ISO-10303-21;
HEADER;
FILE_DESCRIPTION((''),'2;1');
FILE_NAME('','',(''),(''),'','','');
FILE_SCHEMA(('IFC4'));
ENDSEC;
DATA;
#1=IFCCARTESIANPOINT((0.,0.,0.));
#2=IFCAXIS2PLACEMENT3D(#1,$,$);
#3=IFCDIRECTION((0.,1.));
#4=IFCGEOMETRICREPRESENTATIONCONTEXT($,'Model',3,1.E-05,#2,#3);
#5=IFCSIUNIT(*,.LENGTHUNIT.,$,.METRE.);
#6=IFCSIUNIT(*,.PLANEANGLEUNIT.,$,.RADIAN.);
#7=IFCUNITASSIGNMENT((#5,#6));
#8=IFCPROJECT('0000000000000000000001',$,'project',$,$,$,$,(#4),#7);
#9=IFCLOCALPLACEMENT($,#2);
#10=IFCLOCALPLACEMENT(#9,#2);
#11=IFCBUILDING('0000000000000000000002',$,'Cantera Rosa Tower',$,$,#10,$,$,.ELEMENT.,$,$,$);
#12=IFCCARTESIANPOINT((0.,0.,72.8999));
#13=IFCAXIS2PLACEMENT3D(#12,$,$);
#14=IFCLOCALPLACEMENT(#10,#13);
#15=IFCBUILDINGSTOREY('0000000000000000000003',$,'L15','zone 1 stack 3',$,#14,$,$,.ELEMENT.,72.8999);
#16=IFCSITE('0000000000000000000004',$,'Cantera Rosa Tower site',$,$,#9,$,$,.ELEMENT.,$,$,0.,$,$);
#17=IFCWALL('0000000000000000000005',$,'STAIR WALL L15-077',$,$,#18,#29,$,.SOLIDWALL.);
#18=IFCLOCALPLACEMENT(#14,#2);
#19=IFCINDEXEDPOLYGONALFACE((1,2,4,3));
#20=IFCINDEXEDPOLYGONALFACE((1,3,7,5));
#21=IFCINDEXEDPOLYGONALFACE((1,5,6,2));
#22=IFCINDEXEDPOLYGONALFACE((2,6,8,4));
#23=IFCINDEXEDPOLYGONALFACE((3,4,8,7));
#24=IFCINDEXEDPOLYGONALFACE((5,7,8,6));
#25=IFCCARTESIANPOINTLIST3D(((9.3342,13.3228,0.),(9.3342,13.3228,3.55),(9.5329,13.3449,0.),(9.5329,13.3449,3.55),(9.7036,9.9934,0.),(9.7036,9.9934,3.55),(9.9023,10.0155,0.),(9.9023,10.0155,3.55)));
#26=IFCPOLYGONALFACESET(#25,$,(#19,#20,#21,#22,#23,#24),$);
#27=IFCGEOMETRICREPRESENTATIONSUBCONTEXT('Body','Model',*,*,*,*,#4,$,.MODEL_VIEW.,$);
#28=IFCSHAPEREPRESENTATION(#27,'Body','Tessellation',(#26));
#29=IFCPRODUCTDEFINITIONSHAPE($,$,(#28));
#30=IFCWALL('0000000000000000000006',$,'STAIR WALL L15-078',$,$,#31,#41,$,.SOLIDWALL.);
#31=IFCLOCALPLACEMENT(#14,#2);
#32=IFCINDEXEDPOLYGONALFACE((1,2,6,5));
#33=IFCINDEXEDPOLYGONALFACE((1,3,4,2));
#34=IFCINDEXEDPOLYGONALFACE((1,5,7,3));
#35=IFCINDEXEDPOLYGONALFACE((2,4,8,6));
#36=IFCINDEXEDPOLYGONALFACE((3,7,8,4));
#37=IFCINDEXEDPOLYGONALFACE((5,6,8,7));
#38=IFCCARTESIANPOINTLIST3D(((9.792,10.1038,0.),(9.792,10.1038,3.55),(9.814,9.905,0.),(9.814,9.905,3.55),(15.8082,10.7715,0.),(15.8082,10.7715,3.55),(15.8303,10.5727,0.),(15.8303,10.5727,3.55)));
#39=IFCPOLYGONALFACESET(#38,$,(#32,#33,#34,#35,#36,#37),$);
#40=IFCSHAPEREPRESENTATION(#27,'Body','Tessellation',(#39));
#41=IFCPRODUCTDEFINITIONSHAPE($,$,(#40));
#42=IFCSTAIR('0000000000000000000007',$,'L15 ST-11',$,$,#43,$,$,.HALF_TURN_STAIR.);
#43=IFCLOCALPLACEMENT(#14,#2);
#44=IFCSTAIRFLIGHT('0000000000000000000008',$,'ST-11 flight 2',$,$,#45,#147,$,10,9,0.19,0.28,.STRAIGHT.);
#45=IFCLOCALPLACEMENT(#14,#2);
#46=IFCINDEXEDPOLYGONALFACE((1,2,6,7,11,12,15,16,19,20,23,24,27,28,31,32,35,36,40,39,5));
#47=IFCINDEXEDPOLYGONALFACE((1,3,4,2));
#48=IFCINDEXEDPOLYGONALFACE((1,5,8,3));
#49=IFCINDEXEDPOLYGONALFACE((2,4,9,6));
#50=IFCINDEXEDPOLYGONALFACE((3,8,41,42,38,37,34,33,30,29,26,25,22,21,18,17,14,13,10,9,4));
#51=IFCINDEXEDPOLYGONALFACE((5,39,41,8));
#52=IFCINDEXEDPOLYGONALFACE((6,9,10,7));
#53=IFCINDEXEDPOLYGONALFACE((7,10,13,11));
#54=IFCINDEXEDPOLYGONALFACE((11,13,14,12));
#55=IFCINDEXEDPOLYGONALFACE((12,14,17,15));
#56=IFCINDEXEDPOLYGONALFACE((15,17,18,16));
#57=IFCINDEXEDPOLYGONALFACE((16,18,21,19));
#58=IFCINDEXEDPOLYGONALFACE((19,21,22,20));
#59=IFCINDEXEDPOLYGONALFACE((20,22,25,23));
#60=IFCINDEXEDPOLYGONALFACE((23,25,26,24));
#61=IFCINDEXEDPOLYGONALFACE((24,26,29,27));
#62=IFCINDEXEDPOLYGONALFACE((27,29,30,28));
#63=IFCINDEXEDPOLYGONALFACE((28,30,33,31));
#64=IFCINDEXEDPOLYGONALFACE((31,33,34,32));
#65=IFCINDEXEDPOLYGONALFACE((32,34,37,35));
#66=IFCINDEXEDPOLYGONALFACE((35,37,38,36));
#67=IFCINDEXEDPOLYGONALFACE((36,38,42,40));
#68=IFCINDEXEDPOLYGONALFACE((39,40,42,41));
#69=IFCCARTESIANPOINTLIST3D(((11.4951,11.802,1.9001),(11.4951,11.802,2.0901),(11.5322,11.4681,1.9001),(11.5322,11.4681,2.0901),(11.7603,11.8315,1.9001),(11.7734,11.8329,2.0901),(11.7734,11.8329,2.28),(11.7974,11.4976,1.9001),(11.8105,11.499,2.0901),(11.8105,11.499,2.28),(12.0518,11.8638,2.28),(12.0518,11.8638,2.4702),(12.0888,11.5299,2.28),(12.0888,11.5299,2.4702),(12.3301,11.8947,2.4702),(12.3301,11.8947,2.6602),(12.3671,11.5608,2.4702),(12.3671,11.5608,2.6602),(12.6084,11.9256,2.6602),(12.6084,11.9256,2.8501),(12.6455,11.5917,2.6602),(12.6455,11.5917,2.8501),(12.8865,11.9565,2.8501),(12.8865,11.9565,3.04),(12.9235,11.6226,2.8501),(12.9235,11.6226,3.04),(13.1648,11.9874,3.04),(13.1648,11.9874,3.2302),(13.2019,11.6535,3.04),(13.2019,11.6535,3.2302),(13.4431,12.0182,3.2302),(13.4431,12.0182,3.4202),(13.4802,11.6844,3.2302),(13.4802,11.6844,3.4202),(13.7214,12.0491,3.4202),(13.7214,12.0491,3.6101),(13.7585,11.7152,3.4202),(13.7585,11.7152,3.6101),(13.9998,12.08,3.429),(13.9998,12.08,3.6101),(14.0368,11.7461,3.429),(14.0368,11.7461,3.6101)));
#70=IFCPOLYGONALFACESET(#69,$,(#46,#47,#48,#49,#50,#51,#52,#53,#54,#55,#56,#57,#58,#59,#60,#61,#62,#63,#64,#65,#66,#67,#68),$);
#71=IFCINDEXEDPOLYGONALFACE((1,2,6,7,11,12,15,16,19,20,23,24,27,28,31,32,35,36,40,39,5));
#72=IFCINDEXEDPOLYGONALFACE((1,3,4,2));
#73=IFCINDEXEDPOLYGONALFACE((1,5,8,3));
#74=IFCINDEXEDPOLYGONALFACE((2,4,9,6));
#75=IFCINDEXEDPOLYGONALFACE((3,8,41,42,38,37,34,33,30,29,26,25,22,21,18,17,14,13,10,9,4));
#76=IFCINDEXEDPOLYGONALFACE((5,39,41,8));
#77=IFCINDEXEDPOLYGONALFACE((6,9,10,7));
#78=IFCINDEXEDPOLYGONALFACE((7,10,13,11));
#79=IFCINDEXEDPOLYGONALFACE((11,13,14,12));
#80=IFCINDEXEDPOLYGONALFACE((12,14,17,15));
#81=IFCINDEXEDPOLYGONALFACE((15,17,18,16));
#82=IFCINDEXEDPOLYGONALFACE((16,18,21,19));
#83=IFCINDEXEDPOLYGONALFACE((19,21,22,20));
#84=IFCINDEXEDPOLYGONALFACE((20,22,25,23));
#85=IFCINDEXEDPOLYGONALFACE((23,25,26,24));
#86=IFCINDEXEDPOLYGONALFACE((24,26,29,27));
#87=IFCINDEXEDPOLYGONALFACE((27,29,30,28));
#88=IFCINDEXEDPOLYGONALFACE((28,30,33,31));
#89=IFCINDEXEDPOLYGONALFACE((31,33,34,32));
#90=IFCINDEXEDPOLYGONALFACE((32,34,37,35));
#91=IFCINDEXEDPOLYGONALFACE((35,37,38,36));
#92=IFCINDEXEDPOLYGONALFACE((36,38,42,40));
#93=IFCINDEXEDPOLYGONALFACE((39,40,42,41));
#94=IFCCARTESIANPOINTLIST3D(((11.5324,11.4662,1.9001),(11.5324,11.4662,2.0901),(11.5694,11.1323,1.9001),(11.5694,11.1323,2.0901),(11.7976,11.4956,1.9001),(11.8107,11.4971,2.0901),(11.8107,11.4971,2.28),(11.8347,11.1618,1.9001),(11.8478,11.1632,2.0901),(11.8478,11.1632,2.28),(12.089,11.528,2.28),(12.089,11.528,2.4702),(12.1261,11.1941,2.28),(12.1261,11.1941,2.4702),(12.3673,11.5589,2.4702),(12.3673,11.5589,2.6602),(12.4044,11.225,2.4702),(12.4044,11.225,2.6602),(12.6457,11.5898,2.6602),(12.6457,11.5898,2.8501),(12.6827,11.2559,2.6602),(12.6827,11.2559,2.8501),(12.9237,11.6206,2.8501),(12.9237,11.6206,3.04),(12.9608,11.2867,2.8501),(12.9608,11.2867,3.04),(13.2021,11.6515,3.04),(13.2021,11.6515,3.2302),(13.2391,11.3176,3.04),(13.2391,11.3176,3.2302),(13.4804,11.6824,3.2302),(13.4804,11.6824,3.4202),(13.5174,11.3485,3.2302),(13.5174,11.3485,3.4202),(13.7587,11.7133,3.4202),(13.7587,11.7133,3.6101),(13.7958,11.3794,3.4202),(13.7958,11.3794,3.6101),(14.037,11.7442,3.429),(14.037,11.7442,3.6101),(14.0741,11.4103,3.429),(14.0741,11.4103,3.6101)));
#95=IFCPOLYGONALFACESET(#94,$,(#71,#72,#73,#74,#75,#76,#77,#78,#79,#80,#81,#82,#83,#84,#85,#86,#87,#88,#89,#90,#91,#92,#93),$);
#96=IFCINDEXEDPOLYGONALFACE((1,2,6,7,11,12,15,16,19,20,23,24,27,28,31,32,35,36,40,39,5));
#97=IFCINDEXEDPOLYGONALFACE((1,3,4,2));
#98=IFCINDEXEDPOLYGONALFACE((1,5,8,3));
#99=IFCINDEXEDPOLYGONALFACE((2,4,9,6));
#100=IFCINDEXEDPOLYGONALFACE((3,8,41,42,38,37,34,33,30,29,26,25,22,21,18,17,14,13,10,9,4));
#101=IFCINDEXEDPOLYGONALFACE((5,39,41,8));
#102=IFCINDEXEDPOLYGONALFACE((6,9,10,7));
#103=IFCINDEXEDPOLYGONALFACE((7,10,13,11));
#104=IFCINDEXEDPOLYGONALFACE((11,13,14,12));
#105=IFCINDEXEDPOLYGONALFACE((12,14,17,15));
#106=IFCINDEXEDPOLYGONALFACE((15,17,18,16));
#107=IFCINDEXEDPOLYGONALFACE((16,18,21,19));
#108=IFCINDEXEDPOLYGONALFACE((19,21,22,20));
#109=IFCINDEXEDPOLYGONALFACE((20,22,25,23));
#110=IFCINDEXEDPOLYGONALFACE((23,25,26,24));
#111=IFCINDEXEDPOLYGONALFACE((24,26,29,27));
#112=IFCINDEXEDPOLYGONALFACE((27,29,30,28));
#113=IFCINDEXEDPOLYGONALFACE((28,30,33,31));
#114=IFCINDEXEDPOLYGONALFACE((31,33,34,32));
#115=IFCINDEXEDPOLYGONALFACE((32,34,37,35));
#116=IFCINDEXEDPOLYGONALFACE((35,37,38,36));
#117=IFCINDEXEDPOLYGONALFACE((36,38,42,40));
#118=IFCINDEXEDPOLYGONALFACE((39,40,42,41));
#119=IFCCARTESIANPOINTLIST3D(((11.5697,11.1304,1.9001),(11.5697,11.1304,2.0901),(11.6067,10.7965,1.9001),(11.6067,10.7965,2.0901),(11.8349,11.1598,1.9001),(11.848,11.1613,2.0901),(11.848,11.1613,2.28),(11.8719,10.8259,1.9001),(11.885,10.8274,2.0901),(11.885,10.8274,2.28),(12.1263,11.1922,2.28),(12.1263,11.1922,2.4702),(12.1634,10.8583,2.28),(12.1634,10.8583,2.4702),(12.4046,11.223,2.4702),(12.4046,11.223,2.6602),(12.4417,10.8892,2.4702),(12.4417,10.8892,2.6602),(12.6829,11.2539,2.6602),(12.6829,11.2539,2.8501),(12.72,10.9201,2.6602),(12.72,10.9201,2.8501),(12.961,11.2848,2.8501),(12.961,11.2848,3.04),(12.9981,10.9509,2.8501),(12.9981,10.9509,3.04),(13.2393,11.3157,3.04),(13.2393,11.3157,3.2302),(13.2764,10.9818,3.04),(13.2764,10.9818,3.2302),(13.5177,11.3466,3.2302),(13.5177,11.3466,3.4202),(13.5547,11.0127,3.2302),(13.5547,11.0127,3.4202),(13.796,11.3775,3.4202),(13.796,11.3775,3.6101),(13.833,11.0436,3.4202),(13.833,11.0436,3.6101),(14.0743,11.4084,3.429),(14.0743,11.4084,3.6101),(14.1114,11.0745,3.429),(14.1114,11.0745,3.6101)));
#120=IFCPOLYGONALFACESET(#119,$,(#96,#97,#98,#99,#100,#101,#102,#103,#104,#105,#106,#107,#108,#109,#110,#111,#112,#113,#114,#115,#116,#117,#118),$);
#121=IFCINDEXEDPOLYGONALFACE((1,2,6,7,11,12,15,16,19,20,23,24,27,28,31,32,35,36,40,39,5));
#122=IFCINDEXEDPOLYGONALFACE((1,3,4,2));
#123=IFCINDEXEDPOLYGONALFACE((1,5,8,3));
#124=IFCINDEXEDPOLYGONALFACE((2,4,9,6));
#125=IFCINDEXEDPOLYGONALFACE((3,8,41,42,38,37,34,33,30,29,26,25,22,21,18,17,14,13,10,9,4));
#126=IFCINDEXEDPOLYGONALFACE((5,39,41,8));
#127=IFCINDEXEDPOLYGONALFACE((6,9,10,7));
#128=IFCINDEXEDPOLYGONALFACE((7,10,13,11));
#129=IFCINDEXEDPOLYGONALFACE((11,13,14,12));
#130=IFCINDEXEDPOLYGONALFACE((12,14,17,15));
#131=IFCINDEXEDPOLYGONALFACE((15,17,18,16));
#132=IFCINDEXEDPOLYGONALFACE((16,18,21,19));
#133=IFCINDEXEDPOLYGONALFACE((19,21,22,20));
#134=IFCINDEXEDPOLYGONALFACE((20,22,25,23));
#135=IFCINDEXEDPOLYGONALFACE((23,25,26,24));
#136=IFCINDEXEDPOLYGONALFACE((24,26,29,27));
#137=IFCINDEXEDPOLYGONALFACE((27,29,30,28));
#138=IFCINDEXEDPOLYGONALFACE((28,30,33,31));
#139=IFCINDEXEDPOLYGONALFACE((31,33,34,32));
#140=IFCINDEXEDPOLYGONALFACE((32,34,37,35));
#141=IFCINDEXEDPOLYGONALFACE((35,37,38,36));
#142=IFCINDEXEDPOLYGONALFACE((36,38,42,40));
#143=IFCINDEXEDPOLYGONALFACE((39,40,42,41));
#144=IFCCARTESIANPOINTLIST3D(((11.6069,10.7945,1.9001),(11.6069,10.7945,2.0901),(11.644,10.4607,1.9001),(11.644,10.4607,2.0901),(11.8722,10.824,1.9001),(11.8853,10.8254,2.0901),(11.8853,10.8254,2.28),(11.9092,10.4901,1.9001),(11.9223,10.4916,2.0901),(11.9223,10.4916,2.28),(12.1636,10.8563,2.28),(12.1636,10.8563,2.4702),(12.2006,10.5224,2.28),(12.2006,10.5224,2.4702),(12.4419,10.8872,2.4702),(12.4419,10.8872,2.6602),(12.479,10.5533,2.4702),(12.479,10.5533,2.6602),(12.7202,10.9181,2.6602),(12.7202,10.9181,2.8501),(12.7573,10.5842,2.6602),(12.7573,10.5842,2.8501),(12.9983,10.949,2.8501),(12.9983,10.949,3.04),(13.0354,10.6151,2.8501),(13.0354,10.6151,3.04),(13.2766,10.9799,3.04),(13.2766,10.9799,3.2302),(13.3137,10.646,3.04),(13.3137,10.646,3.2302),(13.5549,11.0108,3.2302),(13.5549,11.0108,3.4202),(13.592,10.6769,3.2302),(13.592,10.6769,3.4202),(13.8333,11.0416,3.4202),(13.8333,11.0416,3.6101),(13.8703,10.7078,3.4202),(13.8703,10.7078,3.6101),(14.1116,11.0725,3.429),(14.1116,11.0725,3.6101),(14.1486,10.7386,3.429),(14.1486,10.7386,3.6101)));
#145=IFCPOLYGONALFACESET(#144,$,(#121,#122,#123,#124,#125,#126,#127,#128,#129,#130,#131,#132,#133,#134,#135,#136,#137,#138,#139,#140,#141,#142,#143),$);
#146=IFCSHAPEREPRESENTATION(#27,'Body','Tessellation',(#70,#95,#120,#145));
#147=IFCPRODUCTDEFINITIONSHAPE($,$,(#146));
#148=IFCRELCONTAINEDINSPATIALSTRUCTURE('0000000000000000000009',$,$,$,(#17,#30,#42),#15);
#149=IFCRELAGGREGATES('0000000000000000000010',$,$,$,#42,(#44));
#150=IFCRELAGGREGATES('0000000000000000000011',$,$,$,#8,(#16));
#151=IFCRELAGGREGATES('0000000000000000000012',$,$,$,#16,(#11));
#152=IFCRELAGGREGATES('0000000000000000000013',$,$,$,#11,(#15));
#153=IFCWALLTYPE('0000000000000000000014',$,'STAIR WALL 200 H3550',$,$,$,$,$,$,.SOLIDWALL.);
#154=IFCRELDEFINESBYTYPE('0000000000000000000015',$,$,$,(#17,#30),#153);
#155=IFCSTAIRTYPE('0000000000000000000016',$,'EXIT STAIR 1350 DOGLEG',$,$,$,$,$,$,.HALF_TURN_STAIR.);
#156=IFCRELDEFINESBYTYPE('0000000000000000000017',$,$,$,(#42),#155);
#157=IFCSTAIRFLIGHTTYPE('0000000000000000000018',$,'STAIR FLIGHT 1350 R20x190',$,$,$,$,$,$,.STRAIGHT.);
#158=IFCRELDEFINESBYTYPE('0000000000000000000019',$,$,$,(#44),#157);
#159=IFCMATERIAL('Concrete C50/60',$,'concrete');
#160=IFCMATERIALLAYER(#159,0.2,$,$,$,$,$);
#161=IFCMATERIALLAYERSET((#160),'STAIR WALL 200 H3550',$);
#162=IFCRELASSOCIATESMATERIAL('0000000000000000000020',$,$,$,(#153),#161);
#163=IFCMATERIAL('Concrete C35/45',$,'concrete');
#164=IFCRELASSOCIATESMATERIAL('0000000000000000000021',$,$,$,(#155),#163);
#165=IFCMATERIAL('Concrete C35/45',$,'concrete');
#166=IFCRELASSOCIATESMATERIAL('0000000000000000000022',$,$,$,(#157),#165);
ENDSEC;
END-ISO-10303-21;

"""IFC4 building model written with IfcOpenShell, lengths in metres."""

from ifc_helpers import new_model, si_unit, direction, frame, frame_2d, origin, place, context, subcontext, project, spatial, polyline, rectangle, outline, extrude, material, layer, layer_set, type_object, element, aggregate, save


model = new_model("IFC4")

# Units and contexts
model_context = context("Model", 3, precision=1e-05, world=origin(), true_north=direction((0.0, 1.0)))
body_context = subcontext(model_context, "Body", "Model", "MODEL_VIEW")
ifc_project = project(units=[si_unit("LENGTHUNIT", "METRE"), si_unit("PLANEANGLEUNIT", "RADIAN")], contexts=[model_context])

# Site, building, storey
site_placement = place(None, origin())
site = spatial("IfcSite", under=ifc_project, at=site_placement, Name="Cantera Rosa Tower site", CompositionType="ELEMENT", RefElevation=0.0)
building_placement = place(site_placement, origin())
building = spatial("IfcBuilding", under=site, at=building_placement, Name="Cantera Rosa Tower", CompositionType="ELEMENT")
storey_placement = place(building_placement, frame((0.0, 0.0, 72.8999)))
storey = spatial("IfcBuildingStorey", under=building, at=storey_placement, Name="L15", Description="zone 1 stack 3", CompositionType="ELEMENT", Elevation=72.8999)

# Walls
ifc_material_1 = material(Name="Concrete C50/60", Category="concrete")
ifc_layer_1 = layer(ifc_material_1, 0.2)
ifc_layer_set_1 = layer_set([ifc_layer_1], Name="STAIR WALL 200 H3550")
wall_type_1 = type_object("IfcWallType", Name="STAIR WALL 200 H3550", PredefinedType="SOLIDWALL", material=ifc_layer_set_1)
wall_1_placement = place(storey_placement, frame((9.4336, 13.3337, 0.0), z_axis=(0.0, 0.0, 1.0), x_axis=(0.110272, -0.993901, 0.0)))
element("IfcWall", 1, at=wall_1_placement, inside=storey, type_object=wall_type_1, Name="STAIR WALL L15-077", PredefinedType="SOLIDWALL", context=body_context, shape_type="SweptSolid", body=[
    extrude(rectangle(XDim=3.3499, YDim=0.2, at=frame_2d((1.6748, 0.0))), origin(), (0.0, 0.0, 1.0), 3.55),
])
wall_2_placement = place(storey_placement, frame((9.803, 10.0044, 0.0), z_axis=(0.0, 0.0, 1.0), x_axis=(0.993897, 0.110308, 0.0)))
element("IfcWall", 2, at=wall_2_placement, inside=storey, type_object=wall_type_1, Name="STAIR WALL L15-078", PredefinedType="SOLIDWALL", context=body_context, shape_type="SweptSolid", body=[
    extrude(rectangle(XDim=6.0532, YDim=0.2, at=frame_2d((3.0266, 0.0))), origin(), (0.0, 0.0, 1.0), 3.55),
])

# Stair, stair flight
ifc_material_2 = material(Name="Concrete C35/45", Category="concrete")
stair_type = type_object("IfcStairType", Name="EXIT STAIR 1350 DOGLEG", PredefinedType="HALF_TURN_STAIR", material=ifc_material_2)
stair_placement = place(storey_placement, origin())
stair = element("IfcStair", 3, at=stair_placement, inside=storey, type_object=stair_type, Name="L15 ST-11", PredefinedType="HALF_TURN_STAIR")
ifc_material_3 = material(Name="Concrete C35/45", Category="concrete")
stair_flight_type = type_object("IfcStairFlightType", Name="STAIR FLIGHT 1350 R20x190", PredefinedType="STRAIGHT", material=ifc_material_3)
stair_flight_placement = place(storey_placement, frame((11.5696, 11.1311, 1.9001), z_axis=(0.0, 0.0, 1.0), x_axis=(0.993897, 0.110313, 0.0)))
stair_flight = element("IfcStairFlight", 4, at=stair_flight_placement, type_object=stair_flight_type, Name="ST-11 flight 2", NumberOfRisers=10, NumberOfTreads=9, PredefinedType="STRAIGHT", RiserHeight=0.19, TreadLength=0.28, context=body_context, shape_type="SweptSolid", body=[
    extrude(outline(polyline([(0.0, 0.0), (0.0, 0.1899), (0.28, 0.1899), (0.28, 0.3799), (0.5601, 0.3799), (0.5601, 0.5701), (0.8401, 0.5701), (0.8401, 0.76), (1.1201, 0.76), (1.1201, 0.95), (1.3999, 0.95), (1.3999, 1.1399), (1.6799, 1.1399), (1.6799, 1.3301), (1.96, 1.3301), (1.96, 1.52), (2.24, 1.52), (2.24, 1.71), (2.52, 1.71), (2.52, 1.8999), (2.52, 1.5288), (0.2668, 0.0), (0.0, 0.0)])), frame((0.0, 0.675, 0.0), z_axis=(0.0, -1.0, 0.0), x_axis=(1.0, 0.0, 0.0)), (0.0, 0.0, 1.0), 0.3359),
    extrude(outline(polyline([(0.0, 0.0), (0.0, 0.1899), (0.28, 0.1899), (0.28, 0.3799), (0.5601, 0.3799), (0.5601, 0.5701), (0.8401, 0.5701), (0.8401, 0.76), (1.1201, 0.76), (1.1201, 0.95), (1.3999, 0.95), (1.3999, 1.1399), (1.6799, 1.1399), (1.6799, 1.3301), (1.96, 1.3301), (1.96, 1.52), (2.24, 1.52), (2.24, 1.71), (2.52, 1.71), (2.52, 1.8999), (2.52, 1.5288), (0.2668, 0.0), (0.0, 0.0)])), frame((0.0, 0.3372, 0.0), z_axis=(0.0, -1.0, 0.0), x_axis=(1.0, 0.0, 0.0)), (0.0, 0.0, 1.0), 0.3359),
    extrude(outline(polyline([(0.0, 0.0), (0.0, 0.1899), (0.28, 0.1899), (0.28, 0.3799), (0.5601, 0.3799), (0.5601, 0.5701), (0.8401, 0.5701), (0.8401, 0.76), (1.1201, 0.76), (1.1201, 0.95), (1.3999, 0.95), (1.3999, 1.1399), (1.6799, 1.1399), (1.6799, 1.3301), (1.96, 1.3301), (1.96, 1.52), (2.24, 1.52), (2.24, 1.71), (2.52, 1.71), (2.52, 1.8999), (2.52, 1.5288), (0.2668, 0.0), (0.0, 0.0)])), frame((0.0, -0.0007, 0.0), z_axis=(0.0, -1.0, 0.0), x_axis=(1.0, 0.0, 0.0)), (0.0, 0.0, 1.0), 0.3359),
    extrude(outline(polyline([(0.0, 0.0), (0.0, 0.1899), (0.28, 0.1899), (0.28, 0.3799), (0.5601, 0.3799), (0.5601, 0.5701), (0.8401, 0.5701), (0.8401, 0.76), (1.1201, 0.76), (1.1201, 0.95), (1.3999, 0.95), (1.3999, 1.1399), (1.6799, 1.1399), (1.6799, 1.3301), (1.96, 1.3301), (1.96, 1.52), (2.24, 1.52), (2.24, 1.71), (2.52, 1.71), (2.52, 1.8999), (2.52, 1.5288), (0.2668, 0.0), (0.0, 0.0)])), frame((0.0, -0.3386, 0.0), z_axis=(0.0, -1.0, 0.0), x_axis=(1.0, 0.0, 0.0)), (0.0, 0.0, 1.0), 0.3359),
])
aggregate(stair, [stair_flight])

save(model, "model.ifc")
